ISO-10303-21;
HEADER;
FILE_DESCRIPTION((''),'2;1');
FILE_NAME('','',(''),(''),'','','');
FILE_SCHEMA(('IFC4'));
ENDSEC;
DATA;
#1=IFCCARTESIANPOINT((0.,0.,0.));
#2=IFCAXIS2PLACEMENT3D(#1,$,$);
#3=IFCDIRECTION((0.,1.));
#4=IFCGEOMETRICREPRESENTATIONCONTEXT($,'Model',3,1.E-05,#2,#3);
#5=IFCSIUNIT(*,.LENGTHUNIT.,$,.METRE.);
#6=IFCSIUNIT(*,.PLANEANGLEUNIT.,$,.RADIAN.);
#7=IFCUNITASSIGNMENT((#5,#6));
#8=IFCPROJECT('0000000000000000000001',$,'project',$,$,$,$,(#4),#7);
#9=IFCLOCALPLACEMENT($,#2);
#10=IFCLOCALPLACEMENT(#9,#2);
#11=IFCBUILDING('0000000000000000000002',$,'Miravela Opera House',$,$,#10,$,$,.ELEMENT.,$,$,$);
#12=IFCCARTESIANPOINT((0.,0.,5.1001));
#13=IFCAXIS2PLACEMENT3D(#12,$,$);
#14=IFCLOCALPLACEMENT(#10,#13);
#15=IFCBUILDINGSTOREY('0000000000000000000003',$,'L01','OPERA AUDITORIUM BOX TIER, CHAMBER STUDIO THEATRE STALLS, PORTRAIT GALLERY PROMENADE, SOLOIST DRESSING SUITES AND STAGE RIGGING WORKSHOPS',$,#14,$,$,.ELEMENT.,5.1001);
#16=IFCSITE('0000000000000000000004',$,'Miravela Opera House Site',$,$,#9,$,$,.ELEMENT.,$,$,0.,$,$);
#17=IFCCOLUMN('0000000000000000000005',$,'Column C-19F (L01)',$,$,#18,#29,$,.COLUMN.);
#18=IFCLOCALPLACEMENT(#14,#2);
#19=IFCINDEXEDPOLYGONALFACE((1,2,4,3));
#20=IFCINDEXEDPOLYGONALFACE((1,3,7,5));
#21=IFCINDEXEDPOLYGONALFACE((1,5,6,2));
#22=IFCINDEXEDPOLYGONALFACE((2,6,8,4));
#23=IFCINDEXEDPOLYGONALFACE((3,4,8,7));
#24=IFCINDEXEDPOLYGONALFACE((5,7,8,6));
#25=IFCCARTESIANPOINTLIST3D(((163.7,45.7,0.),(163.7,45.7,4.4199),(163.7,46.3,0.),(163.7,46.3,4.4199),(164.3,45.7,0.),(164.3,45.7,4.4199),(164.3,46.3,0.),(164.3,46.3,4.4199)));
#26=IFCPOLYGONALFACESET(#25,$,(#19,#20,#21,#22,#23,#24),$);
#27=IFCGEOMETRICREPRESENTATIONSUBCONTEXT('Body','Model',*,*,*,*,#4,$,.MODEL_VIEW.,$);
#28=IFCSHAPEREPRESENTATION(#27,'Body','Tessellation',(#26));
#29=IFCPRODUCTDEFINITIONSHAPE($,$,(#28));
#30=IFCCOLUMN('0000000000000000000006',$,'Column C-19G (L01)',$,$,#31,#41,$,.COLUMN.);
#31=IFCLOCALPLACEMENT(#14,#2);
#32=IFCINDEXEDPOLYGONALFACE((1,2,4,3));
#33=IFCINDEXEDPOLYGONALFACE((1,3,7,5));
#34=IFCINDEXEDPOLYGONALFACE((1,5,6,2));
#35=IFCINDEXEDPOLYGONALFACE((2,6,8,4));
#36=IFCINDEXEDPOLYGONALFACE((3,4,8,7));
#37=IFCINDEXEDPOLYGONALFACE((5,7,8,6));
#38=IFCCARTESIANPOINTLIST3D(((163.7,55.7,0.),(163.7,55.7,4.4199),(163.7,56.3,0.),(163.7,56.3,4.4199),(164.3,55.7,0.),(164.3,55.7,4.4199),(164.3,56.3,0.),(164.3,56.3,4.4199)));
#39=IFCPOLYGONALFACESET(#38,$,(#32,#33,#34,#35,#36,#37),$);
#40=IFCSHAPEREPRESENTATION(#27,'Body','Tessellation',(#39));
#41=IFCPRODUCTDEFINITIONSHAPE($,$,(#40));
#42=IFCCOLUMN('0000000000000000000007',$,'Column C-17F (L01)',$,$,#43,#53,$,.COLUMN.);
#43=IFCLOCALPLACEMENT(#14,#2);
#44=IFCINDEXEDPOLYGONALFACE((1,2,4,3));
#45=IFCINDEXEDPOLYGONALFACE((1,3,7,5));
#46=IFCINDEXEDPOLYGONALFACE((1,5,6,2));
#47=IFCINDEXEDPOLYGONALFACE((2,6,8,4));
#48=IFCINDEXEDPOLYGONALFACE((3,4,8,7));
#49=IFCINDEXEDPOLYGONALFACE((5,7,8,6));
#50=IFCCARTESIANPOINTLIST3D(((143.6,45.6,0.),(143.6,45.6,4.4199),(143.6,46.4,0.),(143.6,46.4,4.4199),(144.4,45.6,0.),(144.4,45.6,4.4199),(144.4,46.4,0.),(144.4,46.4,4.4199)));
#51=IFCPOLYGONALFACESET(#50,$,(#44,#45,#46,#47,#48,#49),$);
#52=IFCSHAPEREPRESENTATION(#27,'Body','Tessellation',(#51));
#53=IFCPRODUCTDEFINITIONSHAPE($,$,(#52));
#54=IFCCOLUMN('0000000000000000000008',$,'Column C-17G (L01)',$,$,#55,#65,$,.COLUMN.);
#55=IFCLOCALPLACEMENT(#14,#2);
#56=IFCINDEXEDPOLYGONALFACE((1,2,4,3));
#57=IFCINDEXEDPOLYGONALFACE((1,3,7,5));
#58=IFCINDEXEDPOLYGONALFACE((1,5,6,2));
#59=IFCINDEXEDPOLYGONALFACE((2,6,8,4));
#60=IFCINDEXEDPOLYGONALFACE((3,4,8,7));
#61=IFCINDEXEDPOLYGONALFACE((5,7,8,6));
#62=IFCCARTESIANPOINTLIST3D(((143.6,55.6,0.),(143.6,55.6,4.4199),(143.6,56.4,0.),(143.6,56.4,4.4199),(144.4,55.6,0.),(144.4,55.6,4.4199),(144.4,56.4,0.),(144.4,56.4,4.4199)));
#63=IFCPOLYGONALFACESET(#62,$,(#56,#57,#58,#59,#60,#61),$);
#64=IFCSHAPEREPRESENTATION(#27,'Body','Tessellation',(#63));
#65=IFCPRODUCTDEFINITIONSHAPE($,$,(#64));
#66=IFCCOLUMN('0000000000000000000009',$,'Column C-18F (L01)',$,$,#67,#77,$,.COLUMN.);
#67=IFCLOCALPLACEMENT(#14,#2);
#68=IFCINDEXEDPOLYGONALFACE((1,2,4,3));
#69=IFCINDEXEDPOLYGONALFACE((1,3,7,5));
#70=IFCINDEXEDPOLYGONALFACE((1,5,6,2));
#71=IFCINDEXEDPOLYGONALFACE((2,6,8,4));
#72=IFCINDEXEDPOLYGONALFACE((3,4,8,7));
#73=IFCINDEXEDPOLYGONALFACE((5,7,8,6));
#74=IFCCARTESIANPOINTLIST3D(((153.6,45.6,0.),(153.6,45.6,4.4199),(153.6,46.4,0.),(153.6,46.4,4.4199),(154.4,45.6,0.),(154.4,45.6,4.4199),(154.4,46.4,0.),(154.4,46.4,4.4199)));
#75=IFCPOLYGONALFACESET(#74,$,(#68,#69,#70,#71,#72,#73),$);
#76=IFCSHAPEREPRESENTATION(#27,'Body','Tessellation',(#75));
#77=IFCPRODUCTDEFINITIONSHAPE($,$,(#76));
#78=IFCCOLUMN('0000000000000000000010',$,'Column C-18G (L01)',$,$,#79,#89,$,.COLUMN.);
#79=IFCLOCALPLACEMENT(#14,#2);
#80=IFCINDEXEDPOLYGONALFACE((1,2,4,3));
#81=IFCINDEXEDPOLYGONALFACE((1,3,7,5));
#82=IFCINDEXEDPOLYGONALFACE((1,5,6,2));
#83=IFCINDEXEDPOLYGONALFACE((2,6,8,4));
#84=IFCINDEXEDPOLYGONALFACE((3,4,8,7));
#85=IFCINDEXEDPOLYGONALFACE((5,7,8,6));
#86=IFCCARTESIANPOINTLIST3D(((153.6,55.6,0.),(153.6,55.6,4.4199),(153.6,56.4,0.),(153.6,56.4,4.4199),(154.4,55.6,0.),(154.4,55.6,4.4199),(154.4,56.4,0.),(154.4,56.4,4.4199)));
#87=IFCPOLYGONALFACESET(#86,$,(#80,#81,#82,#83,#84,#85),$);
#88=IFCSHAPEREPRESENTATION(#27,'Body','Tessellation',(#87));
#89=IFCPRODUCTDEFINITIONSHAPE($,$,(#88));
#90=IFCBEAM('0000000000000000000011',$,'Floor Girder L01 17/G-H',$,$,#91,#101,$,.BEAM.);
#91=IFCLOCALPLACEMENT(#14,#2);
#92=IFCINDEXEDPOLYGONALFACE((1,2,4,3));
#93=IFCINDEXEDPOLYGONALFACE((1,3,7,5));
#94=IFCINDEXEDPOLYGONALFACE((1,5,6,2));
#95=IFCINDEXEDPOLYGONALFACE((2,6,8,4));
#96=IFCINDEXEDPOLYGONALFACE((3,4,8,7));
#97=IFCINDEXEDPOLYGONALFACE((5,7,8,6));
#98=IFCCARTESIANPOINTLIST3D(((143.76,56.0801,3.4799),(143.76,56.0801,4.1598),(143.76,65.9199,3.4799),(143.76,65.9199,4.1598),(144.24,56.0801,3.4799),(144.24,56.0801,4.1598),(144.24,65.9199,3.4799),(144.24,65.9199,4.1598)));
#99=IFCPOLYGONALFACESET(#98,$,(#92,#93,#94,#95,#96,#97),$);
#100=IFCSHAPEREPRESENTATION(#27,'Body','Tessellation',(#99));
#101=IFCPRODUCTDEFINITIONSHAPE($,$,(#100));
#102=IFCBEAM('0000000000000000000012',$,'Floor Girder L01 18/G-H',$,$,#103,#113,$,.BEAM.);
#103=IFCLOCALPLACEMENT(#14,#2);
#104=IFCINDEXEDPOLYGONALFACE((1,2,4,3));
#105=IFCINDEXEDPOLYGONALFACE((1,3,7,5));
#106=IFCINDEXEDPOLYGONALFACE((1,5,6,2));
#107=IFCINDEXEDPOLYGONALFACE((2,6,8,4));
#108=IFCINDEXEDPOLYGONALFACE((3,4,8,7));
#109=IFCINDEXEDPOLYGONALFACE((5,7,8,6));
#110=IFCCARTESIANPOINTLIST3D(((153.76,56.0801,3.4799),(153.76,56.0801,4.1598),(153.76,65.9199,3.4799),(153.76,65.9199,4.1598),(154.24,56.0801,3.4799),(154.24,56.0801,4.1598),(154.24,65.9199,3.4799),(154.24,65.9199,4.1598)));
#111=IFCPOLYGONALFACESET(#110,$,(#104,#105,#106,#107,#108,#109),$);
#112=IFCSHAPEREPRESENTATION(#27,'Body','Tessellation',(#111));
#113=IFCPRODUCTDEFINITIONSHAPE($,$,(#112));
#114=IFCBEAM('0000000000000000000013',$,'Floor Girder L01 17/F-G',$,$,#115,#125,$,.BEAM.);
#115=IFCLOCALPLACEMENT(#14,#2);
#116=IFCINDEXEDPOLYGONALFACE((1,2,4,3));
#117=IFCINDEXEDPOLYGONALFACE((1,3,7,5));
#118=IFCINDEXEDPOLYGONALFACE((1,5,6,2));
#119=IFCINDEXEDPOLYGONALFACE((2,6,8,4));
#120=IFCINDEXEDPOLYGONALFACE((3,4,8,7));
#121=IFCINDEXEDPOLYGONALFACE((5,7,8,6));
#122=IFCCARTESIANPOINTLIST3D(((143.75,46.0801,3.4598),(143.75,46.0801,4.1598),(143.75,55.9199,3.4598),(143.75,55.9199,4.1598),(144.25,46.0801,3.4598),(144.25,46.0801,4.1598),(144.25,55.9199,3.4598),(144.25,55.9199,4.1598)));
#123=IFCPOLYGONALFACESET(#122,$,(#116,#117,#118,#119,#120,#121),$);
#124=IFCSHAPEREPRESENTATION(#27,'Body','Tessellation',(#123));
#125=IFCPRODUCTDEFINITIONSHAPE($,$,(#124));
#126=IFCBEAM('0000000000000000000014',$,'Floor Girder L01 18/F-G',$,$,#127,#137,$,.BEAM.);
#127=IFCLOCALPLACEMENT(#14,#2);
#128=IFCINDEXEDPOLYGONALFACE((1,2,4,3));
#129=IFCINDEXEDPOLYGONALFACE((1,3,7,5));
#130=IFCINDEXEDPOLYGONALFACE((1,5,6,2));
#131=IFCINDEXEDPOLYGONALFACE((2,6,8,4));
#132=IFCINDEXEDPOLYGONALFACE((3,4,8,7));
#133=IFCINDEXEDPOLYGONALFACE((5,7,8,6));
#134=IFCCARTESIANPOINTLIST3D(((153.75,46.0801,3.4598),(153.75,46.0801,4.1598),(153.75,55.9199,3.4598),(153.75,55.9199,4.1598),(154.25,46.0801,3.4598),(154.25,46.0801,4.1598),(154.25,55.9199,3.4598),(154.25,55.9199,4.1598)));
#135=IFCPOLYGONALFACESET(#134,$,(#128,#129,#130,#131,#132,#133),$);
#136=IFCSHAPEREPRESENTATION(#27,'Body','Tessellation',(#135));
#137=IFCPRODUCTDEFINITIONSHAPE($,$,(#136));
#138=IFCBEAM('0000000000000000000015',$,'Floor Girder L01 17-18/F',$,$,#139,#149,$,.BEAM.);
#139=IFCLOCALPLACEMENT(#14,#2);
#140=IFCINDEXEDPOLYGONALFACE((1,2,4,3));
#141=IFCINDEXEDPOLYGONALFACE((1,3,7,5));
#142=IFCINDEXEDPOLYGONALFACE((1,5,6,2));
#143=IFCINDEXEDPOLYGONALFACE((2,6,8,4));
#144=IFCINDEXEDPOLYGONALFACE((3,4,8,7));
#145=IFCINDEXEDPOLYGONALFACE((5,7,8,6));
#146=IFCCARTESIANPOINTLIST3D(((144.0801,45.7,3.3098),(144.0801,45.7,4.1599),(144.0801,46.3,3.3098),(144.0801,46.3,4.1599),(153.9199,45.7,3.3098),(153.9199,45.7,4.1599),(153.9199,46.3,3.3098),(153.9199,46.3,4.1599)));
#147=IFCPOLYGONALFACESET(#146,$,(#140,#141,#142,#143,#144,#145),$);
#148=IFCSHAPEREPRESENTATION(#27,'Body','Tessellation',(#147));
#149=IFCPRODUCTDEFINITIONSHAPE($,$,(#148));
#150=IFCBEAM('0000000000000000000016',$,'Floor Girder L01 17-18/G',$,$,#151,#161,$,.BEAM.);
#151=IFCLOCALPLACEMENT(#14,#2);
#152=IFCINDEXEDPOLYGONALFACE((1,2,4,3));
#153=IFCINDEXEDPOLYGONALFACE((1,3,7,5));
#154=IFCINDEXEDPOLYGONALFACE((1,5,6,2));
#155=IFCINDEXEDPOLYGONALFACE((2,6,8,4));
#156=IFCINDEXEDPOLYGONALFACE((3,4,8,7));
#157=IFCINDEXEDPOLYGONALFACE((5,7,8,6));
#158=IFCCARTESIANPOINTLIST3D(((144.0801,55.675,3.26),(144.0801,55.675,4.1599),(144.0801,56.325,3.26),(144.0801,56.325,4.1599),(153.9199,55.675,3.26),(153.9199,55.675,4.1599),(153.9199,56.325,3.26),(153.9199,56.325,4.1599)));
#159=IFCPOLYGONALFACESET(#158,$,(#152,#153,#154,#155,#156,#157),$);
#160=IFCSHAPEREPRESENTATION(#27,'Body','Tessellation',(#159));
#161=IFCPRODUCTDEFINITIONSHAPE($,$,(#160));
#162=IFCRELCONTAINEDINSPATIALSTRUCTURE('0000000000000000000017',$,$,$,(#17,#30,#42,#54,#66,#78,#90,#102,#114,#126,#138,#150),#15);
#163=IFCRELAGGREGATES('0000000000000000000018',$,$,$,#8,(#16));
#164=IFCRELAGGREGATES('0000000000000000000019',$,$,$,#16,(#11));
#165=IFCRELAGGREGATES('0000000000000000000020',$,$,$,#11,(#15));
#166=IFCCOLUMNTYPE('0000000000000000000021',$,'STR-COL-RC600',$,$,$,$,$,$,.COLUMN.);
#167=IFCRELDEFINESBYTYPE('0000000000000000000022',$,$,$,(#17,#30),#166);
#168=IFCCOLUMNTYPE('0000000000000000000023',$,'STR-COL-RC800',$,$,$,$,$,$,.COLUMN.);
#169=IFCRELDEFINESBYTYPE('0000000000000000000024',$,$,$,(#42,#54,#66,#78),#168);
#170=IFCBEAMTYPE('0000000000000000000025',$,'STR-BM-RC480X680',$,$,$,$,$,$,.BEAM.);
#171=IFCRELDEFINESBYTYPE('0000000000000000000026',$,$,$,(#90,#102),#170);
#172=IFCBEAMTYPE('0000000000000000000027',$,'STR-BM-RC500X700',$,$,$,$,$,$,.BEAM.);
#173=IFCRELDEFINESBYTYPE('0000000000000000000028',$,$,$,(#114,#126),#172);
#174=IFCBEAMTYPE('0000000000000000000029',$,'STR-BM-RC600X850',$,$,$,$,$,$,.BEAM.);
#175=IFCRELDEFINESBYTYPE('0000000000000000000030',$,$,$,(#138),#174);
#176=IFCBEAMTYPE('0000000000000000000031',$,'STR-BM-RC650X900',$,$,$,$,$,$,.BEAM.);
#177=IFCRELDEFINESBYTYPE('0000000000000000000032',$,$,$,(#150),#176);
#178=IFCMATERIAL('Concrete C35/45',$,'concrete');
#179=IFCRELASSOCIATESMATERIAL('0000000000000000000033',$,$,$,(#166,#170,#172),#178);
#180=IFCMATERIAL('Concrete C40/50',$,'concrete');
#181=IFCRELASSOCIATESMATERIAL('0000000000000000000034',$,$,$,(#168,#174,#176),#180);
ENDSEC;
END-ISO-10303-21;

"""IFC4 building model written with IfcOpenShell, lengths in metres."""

from ifc_helpers import new_model, si_unit, direction, frame, origin, origin_2d, place, context, subcontext, project, spatial, rectangle, extrude, material, material_profile, profile_set, type_object, element, save


model = new_model("IFC4")

# Units and contexts
model_context = context("Model", 3, precision=1e-05, world=origin(), true_north=direction((0.0, 1.0)))
body_context = subcontext(model_context, "Body", "Model", "MODEL_VIEW")
ifc_project = project(units=[si_unit("LENGTHUNIT", "METRE"), si_unit("PLANEANGLEUNIT", "RADIAN")], contexts=[model_context])

# Site, building, storey
site_placement = place(None, origin())
site = spatial("IfcSite", under=ifc_project, at=site_placement, Name="Miravela Opera House Site", CompositionType="ELEMENT", RefElevation=0.0)
building_placement = place(site_placement, origin())
building = spatial("IfcBuilding", under=site, at=building_placement, Name="Miravela Opera House", CompositionType="ELEMENT")
storey_placement = place(building_placement, frame((0.0, 0.0, 5.1001)))
storey = spatial("IfcBuildingStorey", under=building, at=storey_placement, Name="L01", Description="OPERA AUDITORIUM BOX TIER, CHAMBER STUDIO THEATRE STALLS, PORTRAIT GALLERY PROMENADE, SOLOIST DRESSING SUITES AND STAGE RIGGING WORKSHOPS", CompositionType="ELEMENT", Elevation=5.1001)

# Columns
ifc_material_1 = material(Name="Concrete C35/45", Category="concrete")
ifc_material_profile_1 = material_profile(ifc_material_1, rectangle(XDim=0.6001, YDim=0.6001, at=origin_2d()), Name="RC-COL-600X600")
ifc_profile_set_1 = profile_set([ifc_material_profile_1])
column_type_1 = type_object("IfcColumnType", Name="STR-COL-RC600", PredefinedType="COLUMN", material=ifc_profile_set_1)
for number, where, z_axis, x_axis, name in (
    (1, (164.0, 46.0, 0.0), (0.0, 0.0, 1.0), (1.0, 0.0, 0.0), "Column C-19F (L01)"),
    (2, (164.0, 56.0, 0.0), (0.0, 0.0, 1.0), (1.0, 0.0, 0.0), "Column C-19G (L01)"),
):
    element("IfcColumn", number, at=place(storey_placement, frame(where, z_axis=z_axis, x_axis=x_axis)), inside=storey, type_object=column_type_1, Name=name, PredefinedType="COLUMN", context=body_context, shape_type="SweptSolid", body=[
        extrude(rectangle(XDim=0.6001, YDim=0.6001, at=origin_2d()), origin(), (0.0, 0.0, 1.0), 4.4199),
    ])
ifc_material_2 = material(Name="Concrete C40/50", Category="concrete")
ifc_material_profile_2 = material_profile(ifc_material_2, rectangle(XDim=0.8, YDim=0.8, at=origin_2d()), Name="RC-COL-800X800")
ifc_profile_set_2 = profile_set([ifc_material_profile_2])
column_type_2 = type_object("IfcColumnType", Name="STR-COL-RC800", PredefinedType="COLUMN", material=ifc_profile_set_2)
for number, where, z_axis, x_axis, name in (
    (3, (144.0, 46.0, 0.0), (0.0, 0.0, 1.0), (1.0, 0.0, 0.0), "Column C-17F (L01)"),
    (4, (144.0, 56.0, 0.0), (0.0, 0.0, 1.0), (1.0, 0.0, 0.0), "Column C-17G (L01)"),
    (5, (154.0, 46.0, 0.0), (0.0, 0.0, 1.0), (1.0, 0.0, 0.0), "Column C-18F (L01)"),
    (6, (154.0, 56.0, 0.0), (0.0, 0.0, 1.0), (1.0, 0.0, 0.0), "Column C-18G (L01)"),
):
    element("IfcColumn", number, at=place(storey_placement, frame(where, z_axis=z_axis, x_axis=x_axis)), inside=storey, type_object=column_type_2, Name=name, PredefinedType="COLUMN", context=body_context, shape_type="SweptSolid", body=[
        extrude(rectangle(XDim=0.8, YDim=0.8, at=origin_2d()), origin(), (0.0, 0.0, 1.0), 4.4199),
    ])

# Beams
ifc_material_profile_3 = material_profile(ifc_material_1, rectangle(XDim=0.48, YDim=0.6799, at=origin_2d()), Name="RC-BM-480X680")
ifc_profile_set_3 = profile_set([ifc_material_profile_3])
beam_type_1 = type_object("IfcBeamType", Name="STR-BM-RC480X680", PredefinedType="BEAM", material=ifc_profile_set_3)
for number, where, z_axis, x_axis, name in (
    (7, (144.0, 56.0801, 3.8198), (0.0, 1.0, 0.0), (-1.0, 0.0, 0.0), "Floor Girder L01 17/G-H"),
    (8, (154.0, 56.0801, 3.8198), (0.0, 1.0, 0.0), (-1.0, 0.0, 0.0), "Floor Girder L01 18/G-H"),
):
    element("IfcBeam", number, at=place(storey_placement, frame(where, z_axis=z_axis, x_axis=x_axis)), inside=storey, type_object=beam_type_1, Name=name, PredefinedType="BEAM", context=body_context, shape_type="SweptSolid", body=[
        extrude(rectangle(XDim=0.48, YDim=0.6799, at=origin_2d()), origin(), (0.0, 0.0, 1.0), 9.8398),
    ])
ifc_material_profile_4 = material_profile(ifc_material_1, rectangle(XDim=0.5, YDim=0.7, at=origin_2d()), Name="RC-BM-500X700")
ifc_profile_set_4 = profile_set([ifc_material_profile_4])
beam_type_2 = type_object("IfcBeamType", Name="STR-BM-RC500X700", PredefinedType="BEAM", material=ifc_profile_set_4)
for number, where, z_axis, x_axis, name in (
    (9, (144.0, 46.0801, 3.8098), (0.0, 1.0, 0.0), (-1.0, 0.0, 0.0), "Floor Girder L01 17/F-G"),
    (10, (154.0, 46.0801, 3.8098), (0.0, 1.0, 0.0), (-1.0, 0.0, 0.0), "Floor Girder L01 18/F-G"),
):
    element("IfcBeam", number, at=place(storey_placement, frame(where, z_axis=z_axis, x_axis=x_axis)), inside=storey, type_object=beam_type_2, Name=name, PredefinedType="BEAM", context=body_context, shape_type="SweptSolid", body=[
        extrude(rectangle(XDim=0.5, YDim=0.7, at=origin_2d()), origin(), (0.0, 0.0, 1.0), 9.8398),
    ])
ifc_material_profile_5 = material_profile(ifc_material_2, rectangle(XDim=0.6001, YDim=0.8501, at=origin_2d()), Name="RC-BM-600X850")
ifc_profile_set_5 = profile_set([ifc_material_profile_5])
beam_type_3 = type_object("IfcBeamType", Name="STR-BM-RC600X850", PredefinedType="BEAM", material=ifc_profile_set_5)
beam_1_placement = place(storey_placement, frame((144.0801, 46.0, 3.7349), z_axis=(1.0, 0.0, 0.0), x_axis=(0.0, 1.0, 0.0)))
element("IfcBeam", 11, at=beam_1_placement, inside=storey, type_object=beam_type_3, Name="Floor Girder L01 17-18/F", PredefinedType="BEAM", context=body_context, shape_type="SweptSolid", body=[
    extrude(rectangle(XDim=0.6001, YDim=0.8501, at=origin_2d()), origin(), (0.0, 0.0, 1.0), 9.8398),
])
ifc_material_profile_6 = material_profile(ifc_material_2, rectangle(XDim=0.6499, YDim=0.8999, at=origin_2d()), Name="RC-BM-650X900")
ifc_profile_set_6 = profile_set([ifc_material_profile_6])
beam_type_4 = type_object("IfcBeamType", Name="STR-BM-RC650X900", PredefinedType="BEAM", material=ifc_profile_set_6)
beam_2_placement = place(storey_placement, frame((144.0801, 56.0, 3.71), z_axis=(1.0, 0.0, 0.0), x_axis=(0.0, 1.0, 0.0)))
element("IfcBeam", 12, at=beam_2_placement, inside=storey, type_object=beam_type_4, Name="Floor Girder L01 17-18/G", PredefinedType="BEAM", context=body_context, shape_type="SweptSolid", body=[
    extrude(rectangle(XDim=0.6499, YDim=0.8999, at=origin_2d()), origin(), (0.0, 0.0, 1.0), 9.8398),
])

save(model, "model.ifc")
